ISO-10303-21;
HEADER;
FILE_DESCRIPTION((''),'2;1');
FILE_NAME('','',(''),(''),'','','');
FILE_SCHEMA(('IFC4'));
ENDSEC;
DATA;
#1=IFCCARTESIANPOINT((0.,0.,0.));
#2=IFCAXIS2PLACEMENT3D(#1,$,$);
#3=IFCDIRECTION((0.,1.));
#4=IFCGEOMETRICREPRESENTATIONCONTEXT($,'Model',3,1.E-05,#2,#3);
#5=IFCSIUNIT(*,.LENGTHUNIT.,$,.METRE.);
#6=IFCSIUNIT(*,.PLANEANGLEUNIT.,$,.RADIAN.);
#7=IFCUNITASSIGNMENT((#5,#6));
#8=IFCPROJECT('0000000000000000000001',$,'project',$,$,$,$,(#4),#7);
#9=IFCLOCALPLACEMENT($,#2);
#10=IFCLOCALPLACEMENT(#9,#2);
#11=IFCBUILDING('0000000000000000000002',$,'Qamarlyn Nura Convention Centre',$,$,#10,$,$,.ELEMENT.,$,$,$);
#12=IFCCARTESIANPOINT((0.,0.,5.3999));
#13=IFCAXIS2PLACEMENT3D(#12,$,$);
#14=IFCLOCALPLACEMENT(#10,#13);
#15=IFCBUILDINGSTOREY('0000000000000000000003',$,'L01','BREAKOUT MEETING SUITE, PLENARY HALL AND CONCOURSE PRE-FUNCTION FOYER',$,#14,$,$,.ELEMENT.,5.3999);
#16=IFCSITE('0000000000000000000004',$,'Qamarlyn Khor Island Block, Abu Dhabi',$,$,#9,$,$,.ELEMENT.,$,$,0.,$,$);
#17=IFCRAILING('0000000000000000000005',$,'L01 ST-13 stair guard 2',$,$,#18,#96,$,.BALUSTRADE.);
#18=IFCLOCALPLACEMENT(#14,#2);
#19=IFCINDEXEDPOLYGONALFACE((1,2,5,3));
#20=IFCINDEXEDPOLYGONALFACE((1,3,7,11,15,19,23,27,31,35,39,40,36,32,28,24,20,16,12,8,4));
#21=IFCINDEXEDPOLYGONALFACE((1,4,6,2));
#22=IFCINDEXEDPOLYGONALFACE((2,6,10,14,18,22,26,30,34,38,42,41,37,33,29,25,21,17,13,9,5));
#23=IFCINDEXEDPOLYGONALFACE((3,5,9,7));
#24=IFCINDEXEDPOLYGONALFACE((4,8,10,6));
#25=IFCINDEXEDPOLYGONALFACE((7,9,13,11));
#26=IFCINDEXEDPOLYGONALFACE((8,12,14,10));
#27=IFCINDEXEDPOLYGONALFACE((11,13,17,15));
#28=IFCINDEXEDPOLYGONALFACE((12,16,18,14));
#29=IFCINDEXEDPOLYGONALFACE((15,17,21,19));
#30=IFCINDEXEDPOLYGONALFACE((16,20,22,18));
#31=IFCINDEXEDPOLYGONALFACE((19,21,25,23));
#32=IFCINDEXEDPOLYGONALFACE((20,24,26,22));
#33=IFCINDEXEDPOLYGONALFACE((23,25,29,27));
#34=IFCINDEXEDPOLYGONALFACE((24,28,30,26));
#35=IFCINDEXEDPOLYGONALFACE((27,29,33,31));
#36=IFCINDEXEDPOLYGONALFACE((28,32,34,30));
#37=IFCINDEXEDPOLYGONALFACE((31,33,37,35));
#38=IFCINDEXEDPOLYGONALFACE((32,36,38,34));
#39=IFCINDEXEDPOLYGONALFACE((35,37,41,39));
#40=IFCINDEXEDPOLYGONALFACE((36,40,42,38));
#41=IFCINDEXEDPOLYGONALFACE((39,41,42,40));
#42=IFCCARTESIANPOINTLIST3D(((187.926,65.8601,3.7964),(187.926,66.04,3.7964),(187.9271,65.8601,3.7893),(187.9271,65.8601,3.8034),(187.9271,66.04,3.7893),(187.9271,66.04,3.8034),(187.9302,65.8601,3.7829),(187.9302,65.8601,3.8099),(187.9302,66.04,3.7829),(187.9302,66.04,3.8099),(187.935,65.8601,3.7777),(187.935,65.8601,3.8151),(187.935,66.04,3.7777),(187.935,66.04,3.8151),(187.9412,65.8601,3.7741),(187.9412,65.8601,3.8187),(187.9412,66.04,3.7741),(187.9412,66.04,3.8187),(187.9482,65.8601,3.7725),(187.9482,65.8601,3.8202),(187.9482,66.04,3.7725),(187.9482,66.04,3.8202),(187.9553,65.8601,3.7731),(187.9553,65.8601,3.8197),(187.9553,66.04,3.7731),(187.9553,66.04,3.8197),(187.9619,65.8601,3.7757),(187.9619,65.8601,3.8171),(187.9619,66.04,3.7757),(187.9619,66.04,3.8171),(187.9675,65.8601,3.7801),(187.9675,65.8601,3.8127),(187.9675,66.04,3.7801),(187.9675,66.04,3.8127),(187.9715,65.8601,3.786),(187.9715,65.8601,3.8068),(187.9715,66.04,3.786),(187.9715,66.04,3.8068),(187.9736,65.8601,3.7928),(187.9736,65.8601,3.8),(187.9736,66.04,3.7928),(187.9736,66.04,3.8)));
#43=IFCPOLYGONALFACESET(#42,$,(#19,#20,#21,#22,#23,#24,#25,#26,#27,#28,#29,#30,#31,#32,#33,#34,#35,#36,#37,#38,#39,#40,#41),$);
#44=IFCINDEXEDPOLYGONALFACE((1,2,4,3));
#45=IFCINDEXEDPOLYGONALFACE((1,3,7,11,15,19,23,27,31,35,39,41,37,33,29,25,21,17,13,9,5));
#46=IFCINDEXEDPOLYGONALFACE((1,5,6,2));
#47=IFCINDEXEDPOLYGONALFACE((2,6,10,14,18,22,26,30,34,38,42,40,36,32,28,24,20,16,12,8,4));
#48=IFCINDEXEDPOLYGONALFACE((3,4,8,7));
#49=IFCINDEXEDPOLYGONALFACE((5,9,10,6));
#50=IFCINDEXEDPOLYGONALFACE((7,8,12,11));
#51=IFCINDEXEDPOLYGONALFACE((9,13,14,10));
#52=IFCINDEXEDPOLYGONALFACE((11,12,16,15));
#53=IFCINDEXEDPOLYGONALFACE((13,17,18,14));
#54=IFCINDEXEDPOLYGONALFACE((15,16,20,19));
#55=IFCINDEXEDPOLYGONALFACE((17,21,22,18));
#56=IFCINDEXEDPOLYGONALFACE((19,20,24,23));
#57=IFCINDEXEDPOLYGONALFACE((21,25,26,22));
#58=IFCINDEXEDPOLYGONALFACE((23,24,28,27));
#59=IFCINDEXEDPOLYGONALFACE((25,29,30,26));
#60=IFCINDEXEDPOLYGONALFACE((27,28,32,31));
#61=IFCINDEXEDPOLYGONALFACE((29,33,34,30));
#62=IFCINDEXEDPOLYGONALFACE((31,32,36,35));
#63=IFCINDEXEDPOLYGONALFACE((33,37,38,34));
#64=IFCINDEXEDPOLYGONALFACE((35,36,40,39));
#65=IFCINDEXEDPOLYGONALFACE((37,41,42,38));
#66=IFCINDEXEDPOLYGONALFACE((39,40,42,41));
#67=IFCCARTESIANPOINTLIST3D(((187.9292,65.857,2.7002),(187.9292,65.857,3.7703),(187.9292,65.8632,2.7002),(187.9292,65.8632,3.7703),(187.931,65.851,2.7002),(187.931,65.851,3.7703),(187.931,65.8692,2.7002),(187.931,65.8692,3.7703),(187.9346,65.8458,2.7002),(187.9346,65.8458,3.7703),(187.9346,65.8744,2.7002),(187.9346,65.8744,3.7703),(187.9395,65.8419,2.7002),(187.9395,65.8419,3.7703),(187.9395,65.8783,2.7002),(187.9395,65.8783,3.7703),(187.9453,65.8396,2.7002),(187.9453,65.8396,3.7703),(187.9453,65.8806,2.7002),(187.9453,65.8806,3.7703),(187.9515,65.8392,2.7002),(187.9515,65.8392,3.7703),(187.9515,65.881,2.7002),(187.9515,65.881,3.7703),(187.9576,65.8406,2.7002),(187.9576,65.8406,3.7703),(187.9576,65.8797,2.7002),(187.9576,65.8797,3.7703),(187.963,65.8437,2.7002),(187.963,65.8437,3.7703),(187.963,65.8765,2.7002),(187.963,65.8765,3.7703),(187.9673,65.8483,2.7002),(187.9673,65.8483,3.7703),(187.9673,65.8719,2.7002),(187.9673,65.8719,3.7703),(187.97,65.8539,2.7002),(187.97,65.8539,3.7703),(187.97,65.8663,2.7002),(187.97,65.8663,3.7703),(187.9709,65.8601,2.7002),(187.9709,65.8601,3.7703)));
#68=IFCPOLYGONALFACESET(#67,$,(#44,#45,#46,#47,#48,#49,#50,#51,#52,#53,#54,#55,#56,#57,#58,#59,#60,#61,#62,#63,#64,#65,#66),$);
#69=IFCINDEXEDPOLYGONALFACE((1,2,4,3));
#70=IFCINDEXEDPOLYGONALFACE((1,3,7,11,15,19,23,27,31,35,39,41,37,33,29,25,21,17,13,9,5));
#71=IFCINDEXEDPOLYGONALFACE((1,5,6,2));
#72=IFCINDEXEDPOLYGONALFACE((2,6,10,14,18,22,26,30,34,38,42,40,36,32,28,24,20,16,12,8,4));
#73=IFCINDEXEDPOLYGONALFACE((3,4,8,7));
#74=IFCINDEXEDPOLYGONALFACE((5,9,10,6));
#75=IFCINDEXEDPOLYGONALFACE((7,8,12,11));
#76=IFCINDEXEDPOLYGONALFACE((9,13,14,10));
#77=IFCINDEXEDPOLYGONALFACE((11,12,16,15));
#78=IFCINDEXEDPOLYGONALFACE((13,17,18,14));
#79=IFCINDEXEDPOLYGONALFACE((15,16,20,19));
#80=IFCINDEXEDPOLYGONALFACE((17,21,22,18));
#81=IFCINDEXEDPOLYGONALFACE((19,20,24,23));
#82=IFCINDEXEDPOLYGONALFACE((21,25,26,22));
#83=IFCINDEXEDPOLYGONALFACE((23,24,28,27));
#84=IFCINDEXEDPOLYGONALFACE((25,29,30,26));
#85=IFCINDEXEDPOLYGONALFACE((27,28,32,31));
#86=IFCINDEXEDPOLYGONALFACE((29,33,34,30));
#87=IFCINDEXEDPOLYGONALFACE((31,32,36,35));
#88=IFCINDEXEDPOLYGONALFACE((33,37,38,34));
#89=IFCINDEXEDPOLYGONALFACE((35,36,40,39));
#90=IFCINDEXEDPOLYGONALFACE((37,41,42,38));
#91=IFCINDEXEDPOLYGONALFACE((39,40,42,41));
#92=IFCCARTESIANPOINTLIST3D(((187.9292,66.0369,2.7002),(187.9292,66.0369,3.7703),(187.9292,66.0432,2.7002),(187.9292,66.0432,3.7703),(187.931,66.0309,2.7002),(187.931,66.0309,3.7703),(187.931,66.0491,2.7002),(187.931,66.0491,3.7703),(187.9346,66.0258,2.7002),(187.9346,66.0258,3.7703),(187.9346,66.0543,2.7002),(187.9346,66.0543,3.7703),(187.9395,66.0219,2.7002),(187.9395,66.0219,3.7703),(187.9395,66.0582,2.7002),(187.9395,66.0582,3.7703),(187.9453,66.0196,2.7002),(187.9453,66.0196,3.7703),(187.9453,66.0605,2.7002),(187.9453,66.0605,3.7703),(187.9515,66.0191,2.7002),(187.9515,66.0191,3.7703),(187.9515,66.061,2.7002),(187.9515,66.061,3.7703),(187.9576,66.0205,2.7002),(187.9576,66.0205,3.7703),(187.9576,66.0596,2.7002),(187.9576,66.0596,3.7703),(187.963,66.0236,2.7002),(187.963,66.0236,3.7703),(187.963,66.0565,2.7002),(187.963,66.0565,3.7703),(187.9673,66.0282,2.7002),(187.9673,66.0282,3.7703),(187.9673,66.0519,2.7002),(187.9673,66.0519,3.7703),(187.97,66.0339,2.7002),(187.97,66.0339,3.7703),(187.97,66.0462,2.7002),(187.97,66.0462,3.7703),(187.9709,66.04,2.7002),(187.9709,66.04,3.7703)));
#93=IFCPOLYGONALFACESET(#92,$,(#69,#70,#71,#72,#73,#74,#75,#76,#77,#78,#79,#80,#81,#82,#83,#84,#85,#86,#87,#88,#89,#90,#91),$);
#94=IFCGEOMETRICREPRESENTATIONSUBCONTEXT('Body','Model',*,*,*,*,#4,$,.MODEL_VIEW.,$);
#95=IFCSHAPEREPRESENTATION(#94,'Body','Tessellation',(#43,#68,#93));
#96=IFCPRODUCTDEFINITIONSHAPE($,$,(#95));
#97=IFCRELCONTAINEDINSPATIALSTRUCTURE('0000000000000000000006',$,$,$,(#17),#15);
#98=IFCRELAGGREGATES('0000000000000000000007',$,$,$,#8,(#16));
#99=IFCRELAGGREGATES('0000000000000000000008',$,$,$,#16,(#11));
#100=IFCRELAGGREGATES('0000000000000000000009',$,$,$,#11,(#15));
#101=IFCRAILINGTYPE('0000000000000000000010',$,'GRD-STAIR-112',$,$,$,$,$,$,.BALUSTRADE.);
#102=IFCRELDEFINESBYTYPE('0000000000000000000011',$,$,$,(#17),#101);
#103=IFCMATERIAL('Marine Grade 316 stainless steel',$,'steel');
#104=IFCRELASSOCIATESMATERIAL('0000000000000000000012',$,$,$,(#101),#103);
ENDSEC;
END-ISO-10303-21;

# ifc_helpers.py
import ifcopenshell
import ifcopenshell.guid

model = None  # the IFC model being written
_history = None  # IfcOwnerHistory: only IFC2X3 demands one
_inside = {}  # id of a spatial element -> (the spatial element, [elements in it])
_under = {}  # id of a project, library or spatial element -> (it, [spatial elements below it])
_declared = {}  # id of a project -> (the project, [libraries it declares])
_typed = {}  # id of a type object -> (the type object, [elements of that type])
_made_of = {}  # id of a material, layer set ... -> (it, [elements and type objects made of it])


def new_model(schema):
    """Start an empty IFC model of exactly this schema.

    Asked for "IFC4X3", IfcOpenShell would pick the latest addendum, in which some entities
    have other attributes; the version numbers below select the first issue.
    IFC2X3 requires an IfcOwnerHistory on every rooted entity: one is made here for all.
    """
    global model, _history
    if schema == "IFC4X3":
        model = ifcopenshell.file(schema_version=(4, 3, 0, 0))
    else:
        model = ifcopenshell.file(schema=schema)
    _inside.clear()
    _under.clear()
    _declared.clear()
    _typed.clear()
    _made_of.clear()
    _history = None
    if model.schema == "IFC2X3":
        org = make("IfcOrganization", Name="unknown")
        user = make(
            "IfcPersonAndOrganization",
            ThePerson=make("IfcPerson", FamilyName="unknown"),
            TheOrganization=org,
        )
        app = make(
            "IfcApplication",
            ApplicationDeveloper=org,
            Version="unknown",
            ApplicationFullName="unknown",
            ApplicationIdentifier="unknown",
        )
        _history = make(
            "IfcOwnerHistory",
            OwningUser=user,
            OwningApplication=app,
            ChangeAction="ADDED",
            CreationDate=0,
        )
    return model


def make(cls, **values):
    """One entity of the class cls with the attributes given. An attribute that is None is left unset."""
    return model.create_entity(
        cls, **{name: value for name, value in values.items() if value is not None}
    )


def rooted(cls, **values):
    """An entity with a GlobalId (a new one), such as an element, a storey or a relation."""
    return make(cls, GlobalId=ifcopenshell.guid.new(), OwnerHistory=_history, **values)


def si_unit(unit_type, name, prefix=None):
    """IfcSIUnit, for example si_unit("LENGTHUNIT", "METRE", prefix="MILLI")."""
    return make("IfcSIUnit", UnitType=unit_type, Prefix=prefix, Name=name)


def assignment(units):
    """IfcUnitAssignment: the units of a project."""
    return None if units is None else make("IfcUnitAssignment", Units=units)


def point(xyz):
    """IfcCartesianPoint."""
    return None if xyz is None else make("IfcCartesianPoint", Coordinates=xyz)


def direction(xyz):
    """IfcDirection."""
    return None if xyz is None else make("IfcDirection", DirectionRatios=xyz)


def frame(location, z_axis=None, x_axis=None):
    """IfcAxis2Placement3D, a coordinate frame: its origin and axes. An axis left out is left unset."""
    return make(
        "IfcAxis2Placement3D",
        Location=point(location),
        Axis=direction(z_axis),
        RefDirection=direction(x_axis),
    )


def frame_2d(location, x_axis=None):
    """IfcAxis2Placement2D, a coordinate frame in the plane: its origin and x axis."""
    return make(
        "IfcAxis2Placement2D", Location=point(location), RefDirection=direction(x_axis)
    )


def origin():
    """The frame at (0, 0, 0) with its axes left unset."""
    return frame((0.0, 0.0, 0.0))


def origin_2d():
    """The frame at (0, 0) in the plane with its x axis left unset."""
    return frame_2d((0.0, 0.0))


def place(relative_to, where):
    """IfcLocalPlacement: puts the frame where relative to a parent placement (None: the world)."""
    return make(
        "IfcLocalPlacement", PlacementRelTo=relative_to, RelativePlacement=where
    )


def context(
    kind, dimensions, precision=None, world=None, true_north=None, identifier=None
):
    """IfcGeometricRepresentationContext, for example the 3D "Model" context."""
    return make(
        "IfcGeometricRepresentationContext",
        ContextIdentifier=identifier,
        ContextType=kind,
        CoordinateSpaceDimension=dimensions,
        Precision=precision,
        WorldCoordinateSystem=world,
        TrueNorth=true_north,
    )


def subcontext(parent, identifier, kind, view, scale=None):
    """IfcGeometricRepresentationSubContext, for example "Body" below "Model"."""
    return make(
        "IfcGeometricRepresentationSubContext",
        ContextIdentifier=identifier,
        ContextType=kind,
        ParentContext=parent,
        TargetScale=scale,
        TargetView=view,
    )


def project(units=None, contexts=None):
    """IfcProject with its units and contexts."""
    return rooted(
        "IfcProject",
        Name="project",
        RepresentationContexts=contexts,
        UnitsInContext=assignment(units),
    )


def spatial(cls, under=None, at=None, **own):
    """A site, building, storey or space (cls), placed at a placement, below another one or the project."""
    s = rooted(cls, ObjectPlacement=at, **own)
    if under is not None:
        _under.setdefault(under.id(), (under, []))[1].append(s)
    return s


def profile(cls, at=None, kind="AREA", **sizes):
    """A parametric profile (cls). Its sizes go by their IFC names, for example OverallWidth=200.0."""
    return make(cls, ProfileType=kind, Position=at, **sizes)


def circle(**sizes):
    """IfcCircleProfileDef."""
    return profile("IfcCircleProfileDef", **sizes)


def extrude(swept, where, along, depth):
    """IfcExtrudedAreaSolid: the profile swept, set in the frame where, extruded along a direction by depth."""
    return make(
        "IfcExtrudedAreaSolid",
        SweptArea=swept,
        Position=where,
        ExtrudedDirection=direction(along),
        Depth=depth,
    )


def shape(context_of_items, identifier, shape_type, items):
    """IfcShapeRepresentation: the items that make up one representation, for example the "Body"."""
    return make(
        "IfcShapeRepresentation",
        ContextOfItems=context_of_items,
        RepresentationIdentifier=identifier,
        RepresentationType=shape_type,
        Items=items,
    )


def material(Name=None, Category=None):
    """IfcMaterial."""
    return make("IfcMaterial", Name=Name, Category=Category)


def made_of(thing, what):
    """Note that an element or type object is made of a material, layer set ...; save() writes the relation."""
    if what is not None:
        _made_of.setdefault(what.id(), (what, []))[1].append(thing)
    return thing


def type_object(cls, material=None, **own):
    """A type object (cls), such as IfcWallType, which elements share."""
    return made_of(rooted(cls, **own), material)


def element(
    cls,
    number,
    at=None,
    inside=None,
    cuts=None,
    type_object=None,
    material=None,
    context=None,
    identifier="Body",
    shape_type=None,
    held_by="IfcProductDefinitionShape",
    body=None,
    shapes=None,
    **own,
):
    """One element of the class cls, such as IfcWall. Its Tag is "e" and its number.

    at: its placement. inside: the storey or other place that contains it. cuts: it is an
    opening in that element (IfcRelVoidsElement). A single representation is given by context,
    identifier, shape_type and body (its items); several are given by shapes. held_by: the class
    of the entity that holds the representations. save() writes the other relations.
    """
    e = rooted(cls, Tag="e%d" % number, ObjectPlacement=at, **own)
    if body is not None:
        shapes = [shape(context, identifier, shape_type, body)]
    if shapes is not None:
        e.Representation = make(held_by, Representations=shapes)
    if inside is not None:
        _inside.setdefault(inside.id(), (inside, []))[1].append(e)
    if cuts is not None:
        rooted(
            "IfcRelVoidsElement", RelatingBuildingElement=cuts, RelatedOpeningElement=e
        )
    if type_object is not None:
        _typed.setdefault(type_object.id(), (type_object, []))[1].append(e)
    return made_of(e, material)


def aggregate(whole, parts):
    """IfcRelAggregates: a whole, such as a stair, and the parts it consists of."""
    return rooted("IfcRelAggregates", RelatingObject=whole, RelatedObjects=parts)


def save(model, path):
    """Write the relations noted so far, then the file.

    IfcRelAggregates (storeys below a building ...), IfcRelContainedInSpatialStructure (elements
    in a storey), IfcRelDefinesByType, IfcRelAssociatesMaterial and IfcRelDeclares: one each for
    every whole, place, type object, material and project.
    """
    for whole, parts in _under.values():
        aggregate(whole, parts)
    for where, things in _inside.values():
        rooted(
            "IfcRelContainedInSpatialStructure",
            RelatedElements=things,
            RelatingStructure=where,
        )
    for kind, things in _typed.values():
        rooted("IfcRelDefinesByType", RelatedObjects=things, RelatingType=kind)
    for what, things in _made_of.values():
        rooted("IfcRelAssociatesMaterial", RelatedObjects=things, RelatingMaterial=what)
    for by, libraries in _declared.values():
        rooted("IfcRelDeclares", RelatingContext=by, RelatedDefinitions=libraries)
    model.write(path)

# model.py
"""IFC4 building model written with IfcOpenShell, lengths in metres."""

from ifc_helpers import new_model, si_unit, direction, frame, origin, origin_2d, place, context, subcontext, project, spatial, circle, extrude, material, type_object, element, save


model = new_model("IFC4")

# Units and contexts
model_context = context("Model", 3, precision=1e-05, world=origin(), true_north=direction((0.0, 1.0)))
body_context = subcontext(model_context, "Body", "Model", "MODEL_VIEW")
ifc_project = project(units=[si_unit("LENGTHUNIT", "METRE"), si_unit("PLANEANGLEUNIT", "RADIAN")], contexts=[model_context])

# Site, building, storey
site_placement = place(None, origin())
site = spatial("IfcSite", under=ifc_project, at=site_placement, Name="Qamarlyn Khor Island Block, Abu Dhabi", CompositionType="ELEMENT", RefElevation=0.0)
building_placement = place(site_placement, origin())
building = spatial("IfcBuilding", under=site, at=building_placement, Name="Qamarlyn Nura Convention Centre", CompositionType="ELEMENT")
storey_placement = place(building_placement, frame((0.0, 0.0, 5.3999)))
storey = spatial("IfcBuildingStorey", under=building, at=storey_placement, Name="L01", Description="BREAKOUT MEETING SUITE, PLENARY HALL AND CONCOURSE PRE-FUNCTION FOYER", CompositionType="ELEMENT", Elevation=5.3999)

# Shared definitions
ifc_material_1 = material(Name="Marine Grade 316 stainless steel", Category="steel")

# Railing
railing_type = type_object("IfcRailingType", Name="GRD-STAIR-112", PredefinedType="BALUSTRADE", material=ifc_material_1)
railing_1_placement = place(storey_placement, frame((187.95, 65.8601, 2.7002)))
element("IfcRailing", 1, at=railing_1_placement, inside=storey, type_object=railing_type, Name="L01 ST-13 stair guard 2", PredefinedType="BALUSTRADE", context=body_context, shape_type="SweptSolid", body=[
    extrude(circle(Radius=0.0239, at=origin_2d()), frame((0.0, 0.0, 1.0962), z_axis=(0.0, 1.0, 0.0), x_axis=(-1.0, 0.0, 0.0)), (0.0, 0.0, 1.0), 0.1799),
    extrude(circle(Radius=0.021, at=origin_2d()), origin(), (0.0, 0.0, 1.0), 1.0701),
    extrude(circle(Radius=0.021, at=origin_2d()), frame((0.0, 0.1799, 0.0)), (0.0, 0.0, 1.0), 1.0701),
])

save(model, "model.ifc")
